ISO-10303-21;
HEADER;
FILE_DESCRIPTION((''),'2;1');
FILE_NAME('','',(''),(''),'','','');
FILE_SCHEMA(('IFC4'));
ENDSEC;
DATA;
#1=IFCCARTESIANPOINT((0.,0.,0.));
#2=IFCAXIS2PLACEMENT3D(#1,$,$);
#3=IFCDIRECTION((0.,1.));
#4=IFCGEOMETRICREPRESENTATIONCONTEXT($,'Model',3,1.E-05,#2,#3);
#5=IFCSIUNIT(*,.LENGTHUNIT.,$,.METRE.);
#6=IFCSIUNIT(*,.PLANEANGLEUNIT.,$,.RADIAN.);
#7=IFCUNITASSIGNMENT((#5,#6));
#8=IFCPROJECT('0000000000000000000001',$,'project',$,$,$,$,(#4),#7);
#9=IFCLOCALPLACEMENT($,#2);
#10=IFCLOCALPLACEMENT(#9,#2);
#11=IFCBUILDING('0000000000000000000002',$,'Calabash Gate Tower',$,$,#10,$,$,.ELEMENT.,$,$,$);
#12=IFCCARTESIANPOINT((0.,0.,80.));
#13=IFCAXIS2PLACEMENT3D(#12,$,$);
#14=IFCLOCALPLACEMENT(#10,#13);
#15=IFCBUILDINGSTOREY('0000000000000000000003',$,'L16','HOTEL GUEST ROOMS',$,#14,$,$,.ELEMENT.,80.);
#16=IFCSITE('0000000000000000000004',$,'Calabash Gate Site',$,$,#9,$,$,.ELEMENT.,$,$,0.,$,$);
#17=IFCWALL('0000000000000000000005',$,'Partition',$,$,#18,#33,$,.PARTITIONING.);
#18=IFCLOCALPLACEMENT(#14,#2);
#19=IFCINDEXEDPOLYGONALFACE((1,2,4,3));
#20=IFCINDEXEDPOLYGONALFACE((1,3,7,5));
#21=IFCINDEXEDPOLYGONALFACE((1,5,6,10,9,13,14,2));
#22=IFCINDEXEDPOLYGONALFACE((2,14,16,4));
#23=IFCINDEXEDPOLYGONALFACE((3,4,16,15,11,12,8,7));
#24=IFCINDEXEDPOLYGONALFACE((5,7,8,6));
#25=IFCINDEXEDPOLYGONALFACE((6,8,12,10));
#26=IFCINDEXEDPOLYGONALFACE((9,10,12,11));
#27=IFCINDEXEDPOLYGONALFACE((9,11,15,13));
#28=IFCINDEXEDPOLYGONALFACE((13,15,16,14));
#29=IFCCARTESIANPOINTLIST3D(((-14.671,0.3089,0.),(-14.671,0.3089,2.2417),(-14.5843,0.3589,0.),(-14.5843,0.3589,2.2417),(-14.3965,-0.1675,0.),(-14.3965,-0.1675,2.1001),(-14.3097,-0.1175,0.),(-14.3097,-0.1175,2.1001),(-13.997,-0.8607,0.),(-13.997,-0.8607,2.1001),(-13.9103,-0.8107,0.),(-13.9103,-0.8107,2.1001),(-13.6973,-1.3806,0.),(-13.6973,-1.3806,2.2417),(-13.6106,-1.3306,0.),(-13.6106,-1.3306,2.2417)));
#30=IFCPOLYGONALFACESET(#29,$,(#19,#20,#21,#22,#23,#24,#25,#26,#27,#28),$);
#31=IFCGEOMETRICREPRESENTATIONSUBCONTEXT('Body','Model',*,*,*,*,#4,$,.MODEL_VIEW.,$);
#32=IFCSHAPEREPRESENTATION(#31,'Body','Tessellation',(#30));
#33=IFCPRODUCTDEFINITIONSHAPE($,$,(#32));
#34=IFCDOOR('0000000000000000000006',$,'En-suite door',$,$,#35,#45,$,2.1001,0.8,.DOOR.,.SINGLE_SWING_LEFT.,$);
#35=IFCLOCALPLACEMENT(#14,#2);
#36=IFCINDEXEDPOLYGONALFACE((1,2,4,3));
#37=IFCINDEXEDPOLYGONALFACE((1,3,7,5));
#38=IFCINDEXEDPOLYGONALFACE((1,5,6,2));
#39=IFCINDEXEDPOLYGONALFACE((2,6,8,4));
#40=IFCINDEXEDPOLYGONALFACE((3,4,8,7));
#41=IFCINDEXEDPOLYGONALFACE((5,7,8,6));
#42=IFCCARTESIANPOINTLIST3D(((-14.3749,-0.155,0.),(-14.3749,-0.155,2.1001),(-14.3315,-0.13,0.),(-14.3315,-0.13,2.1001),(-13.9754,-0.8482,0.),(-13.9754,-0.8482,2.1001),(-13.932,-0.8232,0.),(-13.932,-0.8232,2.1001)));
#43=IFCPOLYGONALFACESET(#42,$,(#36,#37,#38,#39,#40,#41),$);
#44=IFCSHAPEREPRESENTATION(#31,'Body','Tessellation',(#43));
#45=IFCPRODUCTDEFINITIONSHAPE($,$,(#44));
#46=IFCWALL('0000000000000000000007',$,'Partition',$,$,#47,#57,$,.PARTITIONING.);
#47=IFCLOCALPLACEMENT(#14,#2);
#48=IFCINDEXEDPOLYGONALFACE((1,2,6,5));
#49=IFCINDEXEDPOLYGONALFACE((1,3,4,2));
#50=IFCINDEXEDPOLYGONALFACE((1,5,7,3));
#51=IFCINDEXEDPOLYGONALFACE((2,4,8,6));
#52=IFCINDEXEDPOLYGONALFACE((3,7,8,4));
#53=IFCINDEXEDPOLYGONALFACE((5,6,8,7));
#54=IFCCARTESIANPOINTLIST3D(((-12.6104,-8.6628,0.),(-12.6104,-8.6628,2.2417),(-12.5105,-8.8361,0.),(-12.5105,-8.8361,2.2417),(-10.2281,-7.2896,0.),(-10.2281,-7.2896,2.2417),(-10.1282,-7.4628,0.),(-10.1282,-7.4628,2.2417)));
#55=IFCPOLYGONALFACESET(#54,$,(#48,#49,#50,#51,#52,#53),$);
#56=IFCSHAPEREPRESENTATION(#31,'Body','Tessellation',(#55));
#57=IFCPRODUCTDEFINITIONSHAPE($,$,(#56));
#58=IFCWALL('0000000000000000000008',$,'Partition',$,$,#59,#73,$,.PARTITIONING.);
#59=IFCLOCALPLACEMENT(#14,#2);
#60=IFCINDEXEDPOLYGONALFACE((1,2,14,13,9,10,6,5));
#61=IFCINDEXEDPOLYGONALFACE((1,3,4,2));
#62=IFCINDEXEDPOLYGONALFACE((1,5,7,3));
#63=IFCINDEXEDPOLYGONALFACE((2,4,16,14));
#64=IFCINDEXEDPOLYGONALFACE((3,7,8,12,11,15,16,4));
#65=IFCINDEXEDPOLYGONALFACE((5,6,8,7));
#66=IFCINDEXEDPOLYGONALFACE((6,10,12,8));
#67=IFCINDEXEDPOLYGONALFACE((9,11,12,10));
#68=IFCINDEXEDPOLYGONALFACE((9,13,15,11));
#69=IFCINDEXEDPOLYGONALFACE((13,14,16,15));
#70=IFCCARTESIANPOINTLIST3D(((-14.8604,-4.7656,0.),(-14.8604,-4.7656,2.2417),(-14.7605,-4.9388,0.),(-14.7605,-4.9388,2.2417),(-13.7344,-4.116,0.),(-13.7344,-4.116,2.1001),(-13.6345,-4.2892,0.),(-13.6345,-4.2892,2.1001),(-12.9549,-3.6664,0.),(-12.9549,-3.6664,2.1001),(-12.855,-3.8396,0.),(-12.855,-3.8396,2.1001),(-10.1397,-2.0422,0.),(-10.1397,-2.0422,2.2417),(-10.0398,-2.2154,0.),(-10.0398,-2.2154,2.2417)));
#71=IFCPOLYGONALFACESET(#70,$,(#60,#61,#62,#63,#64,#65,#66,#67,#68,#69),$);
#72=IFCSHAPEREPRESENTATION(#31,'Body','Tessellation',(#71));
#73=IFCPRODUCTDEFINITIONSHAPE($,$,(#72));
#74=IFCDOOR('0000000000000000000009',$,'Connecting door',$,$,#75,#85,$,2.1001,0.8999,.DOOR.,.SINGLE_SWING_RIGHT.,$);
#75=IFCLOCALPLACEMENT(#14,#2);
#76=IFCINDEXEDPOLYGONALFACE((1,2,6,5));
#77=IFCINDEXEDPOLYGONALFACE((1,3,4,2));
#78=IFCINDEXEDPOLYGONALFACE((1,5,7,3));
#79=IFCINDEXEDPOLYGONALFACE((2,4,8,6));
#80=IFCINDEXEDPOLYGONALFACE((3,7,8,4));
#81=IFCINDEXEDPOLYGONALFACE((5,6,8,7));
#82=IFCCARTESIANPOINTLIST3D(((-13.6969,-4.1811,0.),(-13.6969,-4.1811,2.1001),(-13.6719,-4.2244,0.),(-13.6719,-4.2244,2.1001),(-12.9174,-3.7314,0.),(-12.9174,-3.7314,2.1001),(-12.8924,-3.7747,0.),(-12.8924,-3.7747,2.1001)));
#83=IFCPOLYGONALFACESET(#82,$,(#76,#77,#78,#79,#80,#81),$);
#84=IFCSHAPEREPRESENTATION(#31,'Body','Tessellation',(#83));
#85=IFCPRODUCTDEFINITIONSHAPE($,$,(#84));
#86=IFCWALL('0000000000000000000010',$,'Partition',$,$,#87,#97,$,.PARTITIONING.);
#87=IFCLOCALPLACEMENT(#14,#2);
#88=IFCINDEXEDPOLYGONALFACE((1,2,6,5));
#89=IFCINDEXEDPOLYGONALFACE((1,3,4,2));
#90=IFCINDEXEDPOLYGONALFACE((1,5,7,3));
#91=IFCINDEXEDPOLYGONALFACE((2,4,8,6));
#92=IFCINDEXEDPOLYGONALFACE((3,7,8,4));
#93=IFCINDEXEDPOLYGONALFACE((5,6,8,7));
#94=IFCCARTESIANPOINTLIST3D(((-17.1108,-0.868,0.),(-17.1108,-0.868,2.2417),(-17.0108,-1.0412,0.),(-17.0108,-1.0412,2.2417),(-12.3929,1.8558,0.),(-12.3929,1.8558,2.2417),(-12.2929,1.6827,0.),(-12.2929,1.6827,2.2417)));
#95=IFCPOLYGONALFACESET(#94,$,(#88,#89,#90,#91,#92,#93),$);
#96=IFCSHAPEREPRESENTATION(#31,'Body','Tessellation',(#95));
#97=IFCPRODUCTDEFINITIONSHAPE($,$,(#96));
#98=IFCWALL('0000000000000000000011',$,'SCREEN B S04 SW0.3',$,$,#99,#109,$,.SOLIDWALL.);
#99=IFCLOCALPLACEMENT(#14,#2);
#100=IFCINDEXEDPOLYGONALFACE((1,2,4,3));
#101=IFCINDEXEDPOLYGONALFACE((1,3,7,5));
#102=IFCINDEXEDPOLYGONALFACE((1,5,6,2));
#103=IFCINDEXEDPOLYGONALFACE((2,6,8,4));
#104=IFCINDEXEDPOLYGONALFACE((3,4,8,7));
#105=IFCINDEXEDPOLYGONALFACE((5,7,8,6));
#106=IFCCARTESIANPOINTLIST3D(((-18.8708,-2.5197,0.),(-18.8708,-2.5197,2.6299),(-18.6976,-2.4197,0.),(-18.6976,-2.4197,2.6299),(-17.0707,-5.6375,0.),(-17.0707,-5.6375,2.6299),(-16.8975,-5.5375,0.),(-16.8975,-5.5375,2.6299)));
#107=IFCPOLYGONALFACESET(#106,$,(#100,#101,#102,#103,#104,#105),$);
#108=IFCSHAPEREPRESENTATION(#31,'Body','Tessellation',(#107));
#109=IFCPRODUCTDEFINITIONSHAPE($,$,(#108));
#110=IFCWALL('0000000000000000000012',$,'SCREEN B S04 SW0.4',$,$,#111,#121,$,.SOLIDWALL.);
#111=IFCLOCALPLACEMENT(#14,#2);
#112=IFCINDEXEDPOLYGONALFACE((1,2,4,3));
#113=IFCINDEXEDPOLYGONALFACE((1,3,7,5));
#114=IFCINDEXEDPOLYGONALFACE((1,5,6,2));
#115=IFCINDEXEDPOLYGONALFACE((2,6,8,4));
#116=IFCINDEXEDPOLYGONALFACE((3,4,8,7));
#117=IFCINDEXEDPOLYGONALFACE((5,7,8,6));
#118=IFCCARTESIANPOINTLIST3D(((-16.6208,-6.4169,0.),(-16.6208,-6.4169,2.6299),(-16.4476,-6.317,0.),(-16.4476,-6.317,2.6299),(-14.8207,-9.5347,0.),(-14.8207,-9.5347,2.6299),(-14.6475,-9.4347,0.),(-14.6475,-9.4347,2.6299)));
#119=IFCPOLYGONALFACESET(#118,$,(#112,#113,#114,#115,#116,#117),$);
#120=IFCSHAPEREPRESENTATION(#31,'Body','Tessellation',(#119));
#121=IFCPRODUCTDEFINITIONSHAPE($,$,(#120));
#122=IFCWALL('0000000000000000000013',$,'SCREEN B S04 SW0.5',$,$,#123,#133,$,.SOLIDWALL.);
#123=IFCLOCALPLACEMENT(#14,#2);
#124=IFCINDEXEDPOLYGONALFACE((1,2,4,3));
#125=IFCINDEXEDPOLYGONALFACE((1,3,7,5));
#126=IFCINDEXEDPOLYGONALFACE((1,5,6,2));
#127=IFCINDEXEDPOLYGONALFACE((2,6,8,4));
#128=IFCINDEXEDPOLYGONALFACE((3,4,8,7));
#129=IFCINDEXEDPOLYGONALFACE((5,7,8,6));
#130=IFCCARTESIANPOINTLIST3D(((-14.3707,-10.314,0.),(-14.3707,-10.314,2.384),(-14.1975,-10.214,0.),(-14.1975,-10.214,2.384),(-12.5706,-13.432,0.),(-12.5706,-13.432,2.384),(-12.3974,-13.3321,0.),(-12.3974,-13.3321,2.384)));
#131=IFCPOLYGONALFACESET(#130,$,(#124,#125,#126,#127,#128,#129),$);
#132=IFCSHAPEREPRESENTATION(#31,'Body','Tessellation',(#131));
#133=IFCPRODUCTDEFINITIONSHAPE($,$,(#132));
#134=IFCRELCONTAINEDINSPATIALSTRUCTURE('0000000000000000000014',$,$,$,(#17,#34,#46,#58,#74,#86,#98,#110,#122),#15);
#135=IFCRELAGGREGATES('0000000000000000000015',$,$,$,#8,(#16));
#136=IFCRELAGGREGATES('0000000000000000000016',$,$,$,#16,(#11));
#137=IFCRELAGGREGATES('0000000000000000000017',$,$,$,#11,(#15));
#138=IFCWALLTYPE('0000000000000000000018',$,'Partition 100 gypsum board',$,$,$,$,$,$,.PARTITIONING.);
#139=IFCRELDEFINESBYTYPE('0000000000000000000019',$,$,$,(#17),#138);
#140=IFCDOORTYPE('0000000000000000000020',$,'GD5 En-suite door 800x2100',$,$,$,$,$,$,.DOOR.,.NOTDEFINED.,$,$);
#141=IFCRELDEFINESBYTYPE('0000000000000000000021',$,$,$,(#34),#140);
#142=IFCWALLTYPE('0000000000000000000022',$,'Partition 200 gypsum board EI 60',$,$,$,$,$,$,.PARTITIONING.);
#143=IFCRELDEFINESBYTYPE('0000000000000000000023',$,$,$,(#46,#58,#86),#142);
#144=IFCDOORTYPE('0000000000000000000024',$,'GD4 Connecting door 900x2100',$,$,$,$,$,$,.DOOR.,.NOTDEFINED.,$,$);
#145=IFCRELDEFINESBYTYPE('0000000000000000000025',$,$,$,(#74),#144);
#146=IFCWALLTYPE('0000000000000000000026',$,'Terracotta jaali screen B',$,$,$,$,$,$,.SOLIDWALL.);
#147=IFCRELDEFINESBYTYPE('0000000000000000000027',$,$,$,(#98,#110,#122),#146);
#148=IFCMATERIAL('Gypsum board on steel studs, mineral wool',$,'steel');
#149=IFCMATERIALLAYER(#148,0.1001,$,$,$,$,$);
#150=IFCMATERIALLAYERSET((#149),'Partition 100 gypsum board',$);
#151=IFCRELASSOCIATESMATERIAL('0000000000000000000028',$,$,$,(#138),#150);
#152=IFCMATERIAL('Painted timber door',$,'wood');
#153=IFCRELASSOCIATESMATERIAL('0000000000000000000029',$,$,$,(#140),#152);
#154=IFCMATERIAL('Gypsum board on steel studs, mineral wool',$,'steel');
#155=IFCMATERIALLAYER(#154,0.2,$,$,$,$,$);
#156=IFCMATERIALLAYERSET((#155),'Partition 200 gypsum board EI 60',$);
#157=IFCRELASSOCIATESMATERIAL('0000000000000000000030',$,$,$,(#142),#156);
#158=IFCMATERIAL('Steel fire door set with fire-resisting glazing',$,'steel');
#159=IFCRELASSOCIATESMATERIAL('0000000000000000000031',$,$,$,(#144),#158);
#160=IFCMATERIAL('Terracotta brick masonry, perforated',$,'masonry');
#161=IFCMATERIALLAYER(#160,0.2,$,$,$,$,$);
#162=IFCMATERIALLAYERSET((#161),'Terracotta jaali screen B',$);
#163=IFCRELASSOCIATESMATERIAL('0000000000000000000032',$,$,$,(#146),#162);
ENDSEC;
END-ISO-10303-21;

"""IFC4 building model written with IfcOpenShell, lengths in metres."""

from ifc_helpers import new_model, si_unit, direction, frame, frame_2d, origin, place, context, subcontext, project, spatial, rectangle, extrude, material, layer, layer_set, type_object, element, fill, save


model = new_model("IFC4")

# Units and contexts
model_context = context("Model", 3, precision=1e-05, world=origin(), true_north=direction((0.0, 1.0)))
body_context = subcontext(model_context, "Body", "Model", "MODEL_VIEW")
ifc_project = project(units=[si_unit("LENGTHUNIT", "METRE"), si_unit("PLANEANGLEUNIT", "RADIAN")], contexts=[model_context])

# Site, building, storey
site_placement = place(None, origin())
site = spatial("IfcSite", under=ifc_project, at=site_placement, Name="Calabash Gate Site", CompositionType="ELEMENT", RefElevation=0.0)
building_placement = place(site_placement, origin())
building = spatial("IfcBuilding", under=site, at=building_placement, Name="Calabash Gate Tower", CompositionType="ELEMENT")
storey_placement = place(building_placement, frame((0.0, 0.0, 80.0)))
storey = spatial("IfcBuildingStorey", under=building, at=storey_placement, Name="L16", Description="HOTEL GUEST ROOMS", CompositionType="ELEMENT", Elevation=80.0)

# Shared definitions
ifc_material_1 = material(Name="Gypsum board on steel studs, mineral wool", Category="steel")
ifc_layer_1 = layer(ifc_material_1, 0.1001)
ifc_layer_set_1 = layer_set([ifc_layer_1], Name="Partition 100 gypsum board")
wall_type_1 = type_object("IfcWallType", Name="Partition 100 gypsum board", PredefinedType="PARTITIONING", material=ifc_layer_set_1)

# Wall, opening, door
wall_1_placement = place(storey_placement, frame((-14.6277, 0.334, 0.0), z_axis=(0.0, 0.0, 1.0), x_axis=(0.499318, -0.866419, 0.0)))
wall_1 = element("IfcWall", 1, at=wall_1_placement, inside=storey, type_object=wall_type_1, Name="Partition", PredefinedType="PARTITIONING", context=body_context, shape_type="SweptSolid", body=[
    extrude(rectangle(XDim=1.95, YDim=0.1001, at=frame_2d((0.9751, 0.0))), origin(), (0.0, 0.0, 1.0), 2.2417),
])
opening_1_placement = place(wall_1_placement, frame((0.55, 0.0, 0.0)))
opening_1 = element("IfcOpeningElement", 2, at=opening_1_placement, cuts=wall_1, PredefinedType="OPENING", context=body_context, shape_type="SweptSolid", body=[
    extrude(rectangle(XDim=0.8, YDim=2.1001, at=frame_2d((0.3999, 1.05))), frame((0.0, 0.0601, 0.0), z_axis=(0.0, -1.0, 0.0), x_axis=(1.0, 0.0, 0.0)), (0.0, 0.0, 1.0), 0.1201),
])
ifc_material_2 = material(Name="Painted timber door", Category="wood")
door_type_1 = type_object("IfcDoorType", Name="GD5 En-suite door 800x2100", OperationType="NOTDEFINED", PredefinedType="DOOR", material=ifc_material_2)
door_1_placement = place(opening_1_placement, origin())
door_1 = element("IfcDoor", 3, at=door_1_placement, inside=storey, type_object=door_type_1, Name="En-suite door", OperationType="SINGLE_SWING_LEFT", OverallHeight=2.1001, OverallWidth=0.8, PredefinedType="DOOR", context=body_context, shape_type="SweptSolid", body=[
    extrude(rectangle(XDim=0.8, YDim=2.1001, at=frame_2d((0.3999, 1.05))), frame((0.0, 0.0249, 0.0), z_axis=(0.0, -1.0, 0.0), x_axis=(1.0, 0.0, 0.0)), (0.0, 0.0, 1.0), 0.05),
])
fill(opening_1, door_1)

# Wall
ifc_material_3 = material(Name="Gypsum board on steel studs, mineral wool", Category="steel")
ifc_layer_2 = layer(ifc_material_3, 0.2)
ifc_layer_set_2 = layer_set([ifc_layer_2], Name="Partition 200 gypsum board EI 60")
wall_type_2 = type_object("IfcWallType", Name="Partition 200 gypsum board EI 60", PredefinedType="PARTITIONING", material=ifc_layer_set_2)
wall_2_placement = place(storey_placement, frame((-12.5605, -8.7495, 0.0), z_axis=(0.0, 0.0, 1.0), x_axis=(0.866363, 0.499415, 0.0)))
element("IfcWall", 4, at=wall_2_placement, inside=storey, type_object=wall_type_2, Name="Partition", PredefinedType="PARTITIONING", context=body_context, shape_type="SweptSolid", body=[
    extrude(rectangle(XDim=2.7498, YDim=0.2, at=frame_2d((1.375, 0.0))), origin(), (0.0, 0.0, 1.0), 2.2417),
])

# Wall, opening, door
wall_3_placement = place(storey_placement, frame((-14.8105, -4.8523, 0.0), z_axis=(0.0, 0.0, 1.0), x_axis=(0.866193, 0.49971, 0.0)))
wall_3 = element("IfcWall", 5, at=wall_3_placement, inside=storey, type_object=wall_type_2, Name="Partition", PredefinedType="PARTITIONING", context=body_context, shape_type="SweptSolid", body=[
    extrude(rectangle(XDim=5.45, YDim=0.2, at=frame_2d((2.7251, 0.0))), origin(), (0.0, 0.0, 1.0), 2.2417),
])
opening_2_placement = place(wall_3_placement, frame((1.3, 0.0, 0.0)))
opening_2 = element("IfcOpeningElement", 6, at=opening_2_placement, cuts=wall_3, PredefinedType="OPENING", context=body_context, shape_type="SweptSolid", body=[
    extrude(rectangle(XDim=0.8999, YDim=2.1001, at=frame_2d((0.45, 1.05))), frame((0.0, 0.1099, 0.0), z_axis=(0.0, -1.0, 0.0), x_axis=(1.0, 0.0, 0.0)), (0.0, 0.0, 1.0), 0.22),
])
ifc_material_4 = material(Name="Steel fire door set with fire-resisting glazing", Category="steel")
door_type_2 = type_object("IfcDoorType", Name="GD4 Connecting door 900x2100", OperationType="NOTDEFINED", PredefinedType="DOOR", material=ifc_material_4)
door_2_placement = place(opening_2_placement, origin())
door_2 = element("IfcDoor", 7, at=door_2_placement, inside=storey, type_object=door_type_2, Name="Connecting door", OperationType="SINGLE_SWING_RIGHT", OverallHeight=2.1001, OverallWidth=0.8999, PredefinedType="DOOR", context=body_context, shape_type="SweptSolid", body=[
    extrude(rectangle(XDim=0.8999, YDim=2.1001, at=frame_2d((0.45, 1.05))), frame((0.0, 0.0249, 0.0), z_axis=(0.0, -1.0, 0.0), x_axis=(1.0, 0.0, 0.0)), (0.0, 0.0, 1.0), 0.05),
])
fill(opening_2, door_2)

# Walls
wall_4_placement = place(storey_placement, frame((-17.0608, -0.9546, 0.0), z_axis=(0.0, 0.0, 1.0), x_axis=(0.866031, 0.49999, 0.0)))
element("IfcWall", 8, at=wall_4_placement, inside=storey, type_object=wall_type_2, Name="Partition", PredefinedType="PARTITIONING", context=body_context, shape_type="SweptSolid", body=[
    extrude(rectangle(XDim=5.4478, YDim=0.2, at=frame_2d((2.7239, 0.0))), origin(), (0.0, 0.0, 1.0), 2.2417),
])
ifc_material_5 = material(Name="Terracotta brick masonry, perforated", Category="masonry")
ifc_layer_3 = layer(ifc_material_5, 0.2)
ifc_layer_set_3 = layer_set([ifc_layer_3], Name="Terracotta jaali screen B")
wall_type_3 = type_object("IfcWallType", Name="Terracotta jaali screen B", PredefinedType="SOLIDWALL", material=ifc_layer_set_3)
for number, where, z_axis, x_axis, name in (
    (9, (-18.7842, -2.4697, 0.0), (0.0, 0.0, 1.0), (0.500012, -0.866018, 0.0), "SCREEN B S04 SW0.3"),
    (10, (-16.5342, -6.3669, 0.0), (0.0, 0.0, 1.0), (0.500012, -0.866018, 0.0), "SCREEN B S04 SW0.4"),
):
    element("IfcWall", number, at=place(storey_placement, frame(where, z_axis=z_axis, x_axis=x_axis)), inside=storey, type_object=wall_type_3, Name=name, PredefinedType="SOLIDWALL", context=body_context, shape_type="SweptSolid", body=[
        extrude(rectangle(XDim=3.6001, YDim=0.2, at=frame_2d((1.8, 0.0))), origin(), (0.0, 0.0, 1.0), 2.6299),
    ])
wall_5_placement = place(storey_placement, frame((-14.2842, -10.2639, 0.0), z_axis=(0.0, 0.0, 1.0), x_axis=(0.499983, -0.866035, 0.0)))
element("IfcWall", 11, at=wall_5_placement, inside=storey, type_object=wall_type_3, Name="SCREEN B S04 SW0.5", PredefinedType="SOLIDWALL", context=body_context, shape_type="SweptSolid", body=[
    extrude(rectangle(XDim=3.6003, YDim=0.2, at=frame_2d((1.8003, 0.0))), origin(), (0.0, 0.0, 1.0), 2.384),
])

save(model, "model.ifc")
